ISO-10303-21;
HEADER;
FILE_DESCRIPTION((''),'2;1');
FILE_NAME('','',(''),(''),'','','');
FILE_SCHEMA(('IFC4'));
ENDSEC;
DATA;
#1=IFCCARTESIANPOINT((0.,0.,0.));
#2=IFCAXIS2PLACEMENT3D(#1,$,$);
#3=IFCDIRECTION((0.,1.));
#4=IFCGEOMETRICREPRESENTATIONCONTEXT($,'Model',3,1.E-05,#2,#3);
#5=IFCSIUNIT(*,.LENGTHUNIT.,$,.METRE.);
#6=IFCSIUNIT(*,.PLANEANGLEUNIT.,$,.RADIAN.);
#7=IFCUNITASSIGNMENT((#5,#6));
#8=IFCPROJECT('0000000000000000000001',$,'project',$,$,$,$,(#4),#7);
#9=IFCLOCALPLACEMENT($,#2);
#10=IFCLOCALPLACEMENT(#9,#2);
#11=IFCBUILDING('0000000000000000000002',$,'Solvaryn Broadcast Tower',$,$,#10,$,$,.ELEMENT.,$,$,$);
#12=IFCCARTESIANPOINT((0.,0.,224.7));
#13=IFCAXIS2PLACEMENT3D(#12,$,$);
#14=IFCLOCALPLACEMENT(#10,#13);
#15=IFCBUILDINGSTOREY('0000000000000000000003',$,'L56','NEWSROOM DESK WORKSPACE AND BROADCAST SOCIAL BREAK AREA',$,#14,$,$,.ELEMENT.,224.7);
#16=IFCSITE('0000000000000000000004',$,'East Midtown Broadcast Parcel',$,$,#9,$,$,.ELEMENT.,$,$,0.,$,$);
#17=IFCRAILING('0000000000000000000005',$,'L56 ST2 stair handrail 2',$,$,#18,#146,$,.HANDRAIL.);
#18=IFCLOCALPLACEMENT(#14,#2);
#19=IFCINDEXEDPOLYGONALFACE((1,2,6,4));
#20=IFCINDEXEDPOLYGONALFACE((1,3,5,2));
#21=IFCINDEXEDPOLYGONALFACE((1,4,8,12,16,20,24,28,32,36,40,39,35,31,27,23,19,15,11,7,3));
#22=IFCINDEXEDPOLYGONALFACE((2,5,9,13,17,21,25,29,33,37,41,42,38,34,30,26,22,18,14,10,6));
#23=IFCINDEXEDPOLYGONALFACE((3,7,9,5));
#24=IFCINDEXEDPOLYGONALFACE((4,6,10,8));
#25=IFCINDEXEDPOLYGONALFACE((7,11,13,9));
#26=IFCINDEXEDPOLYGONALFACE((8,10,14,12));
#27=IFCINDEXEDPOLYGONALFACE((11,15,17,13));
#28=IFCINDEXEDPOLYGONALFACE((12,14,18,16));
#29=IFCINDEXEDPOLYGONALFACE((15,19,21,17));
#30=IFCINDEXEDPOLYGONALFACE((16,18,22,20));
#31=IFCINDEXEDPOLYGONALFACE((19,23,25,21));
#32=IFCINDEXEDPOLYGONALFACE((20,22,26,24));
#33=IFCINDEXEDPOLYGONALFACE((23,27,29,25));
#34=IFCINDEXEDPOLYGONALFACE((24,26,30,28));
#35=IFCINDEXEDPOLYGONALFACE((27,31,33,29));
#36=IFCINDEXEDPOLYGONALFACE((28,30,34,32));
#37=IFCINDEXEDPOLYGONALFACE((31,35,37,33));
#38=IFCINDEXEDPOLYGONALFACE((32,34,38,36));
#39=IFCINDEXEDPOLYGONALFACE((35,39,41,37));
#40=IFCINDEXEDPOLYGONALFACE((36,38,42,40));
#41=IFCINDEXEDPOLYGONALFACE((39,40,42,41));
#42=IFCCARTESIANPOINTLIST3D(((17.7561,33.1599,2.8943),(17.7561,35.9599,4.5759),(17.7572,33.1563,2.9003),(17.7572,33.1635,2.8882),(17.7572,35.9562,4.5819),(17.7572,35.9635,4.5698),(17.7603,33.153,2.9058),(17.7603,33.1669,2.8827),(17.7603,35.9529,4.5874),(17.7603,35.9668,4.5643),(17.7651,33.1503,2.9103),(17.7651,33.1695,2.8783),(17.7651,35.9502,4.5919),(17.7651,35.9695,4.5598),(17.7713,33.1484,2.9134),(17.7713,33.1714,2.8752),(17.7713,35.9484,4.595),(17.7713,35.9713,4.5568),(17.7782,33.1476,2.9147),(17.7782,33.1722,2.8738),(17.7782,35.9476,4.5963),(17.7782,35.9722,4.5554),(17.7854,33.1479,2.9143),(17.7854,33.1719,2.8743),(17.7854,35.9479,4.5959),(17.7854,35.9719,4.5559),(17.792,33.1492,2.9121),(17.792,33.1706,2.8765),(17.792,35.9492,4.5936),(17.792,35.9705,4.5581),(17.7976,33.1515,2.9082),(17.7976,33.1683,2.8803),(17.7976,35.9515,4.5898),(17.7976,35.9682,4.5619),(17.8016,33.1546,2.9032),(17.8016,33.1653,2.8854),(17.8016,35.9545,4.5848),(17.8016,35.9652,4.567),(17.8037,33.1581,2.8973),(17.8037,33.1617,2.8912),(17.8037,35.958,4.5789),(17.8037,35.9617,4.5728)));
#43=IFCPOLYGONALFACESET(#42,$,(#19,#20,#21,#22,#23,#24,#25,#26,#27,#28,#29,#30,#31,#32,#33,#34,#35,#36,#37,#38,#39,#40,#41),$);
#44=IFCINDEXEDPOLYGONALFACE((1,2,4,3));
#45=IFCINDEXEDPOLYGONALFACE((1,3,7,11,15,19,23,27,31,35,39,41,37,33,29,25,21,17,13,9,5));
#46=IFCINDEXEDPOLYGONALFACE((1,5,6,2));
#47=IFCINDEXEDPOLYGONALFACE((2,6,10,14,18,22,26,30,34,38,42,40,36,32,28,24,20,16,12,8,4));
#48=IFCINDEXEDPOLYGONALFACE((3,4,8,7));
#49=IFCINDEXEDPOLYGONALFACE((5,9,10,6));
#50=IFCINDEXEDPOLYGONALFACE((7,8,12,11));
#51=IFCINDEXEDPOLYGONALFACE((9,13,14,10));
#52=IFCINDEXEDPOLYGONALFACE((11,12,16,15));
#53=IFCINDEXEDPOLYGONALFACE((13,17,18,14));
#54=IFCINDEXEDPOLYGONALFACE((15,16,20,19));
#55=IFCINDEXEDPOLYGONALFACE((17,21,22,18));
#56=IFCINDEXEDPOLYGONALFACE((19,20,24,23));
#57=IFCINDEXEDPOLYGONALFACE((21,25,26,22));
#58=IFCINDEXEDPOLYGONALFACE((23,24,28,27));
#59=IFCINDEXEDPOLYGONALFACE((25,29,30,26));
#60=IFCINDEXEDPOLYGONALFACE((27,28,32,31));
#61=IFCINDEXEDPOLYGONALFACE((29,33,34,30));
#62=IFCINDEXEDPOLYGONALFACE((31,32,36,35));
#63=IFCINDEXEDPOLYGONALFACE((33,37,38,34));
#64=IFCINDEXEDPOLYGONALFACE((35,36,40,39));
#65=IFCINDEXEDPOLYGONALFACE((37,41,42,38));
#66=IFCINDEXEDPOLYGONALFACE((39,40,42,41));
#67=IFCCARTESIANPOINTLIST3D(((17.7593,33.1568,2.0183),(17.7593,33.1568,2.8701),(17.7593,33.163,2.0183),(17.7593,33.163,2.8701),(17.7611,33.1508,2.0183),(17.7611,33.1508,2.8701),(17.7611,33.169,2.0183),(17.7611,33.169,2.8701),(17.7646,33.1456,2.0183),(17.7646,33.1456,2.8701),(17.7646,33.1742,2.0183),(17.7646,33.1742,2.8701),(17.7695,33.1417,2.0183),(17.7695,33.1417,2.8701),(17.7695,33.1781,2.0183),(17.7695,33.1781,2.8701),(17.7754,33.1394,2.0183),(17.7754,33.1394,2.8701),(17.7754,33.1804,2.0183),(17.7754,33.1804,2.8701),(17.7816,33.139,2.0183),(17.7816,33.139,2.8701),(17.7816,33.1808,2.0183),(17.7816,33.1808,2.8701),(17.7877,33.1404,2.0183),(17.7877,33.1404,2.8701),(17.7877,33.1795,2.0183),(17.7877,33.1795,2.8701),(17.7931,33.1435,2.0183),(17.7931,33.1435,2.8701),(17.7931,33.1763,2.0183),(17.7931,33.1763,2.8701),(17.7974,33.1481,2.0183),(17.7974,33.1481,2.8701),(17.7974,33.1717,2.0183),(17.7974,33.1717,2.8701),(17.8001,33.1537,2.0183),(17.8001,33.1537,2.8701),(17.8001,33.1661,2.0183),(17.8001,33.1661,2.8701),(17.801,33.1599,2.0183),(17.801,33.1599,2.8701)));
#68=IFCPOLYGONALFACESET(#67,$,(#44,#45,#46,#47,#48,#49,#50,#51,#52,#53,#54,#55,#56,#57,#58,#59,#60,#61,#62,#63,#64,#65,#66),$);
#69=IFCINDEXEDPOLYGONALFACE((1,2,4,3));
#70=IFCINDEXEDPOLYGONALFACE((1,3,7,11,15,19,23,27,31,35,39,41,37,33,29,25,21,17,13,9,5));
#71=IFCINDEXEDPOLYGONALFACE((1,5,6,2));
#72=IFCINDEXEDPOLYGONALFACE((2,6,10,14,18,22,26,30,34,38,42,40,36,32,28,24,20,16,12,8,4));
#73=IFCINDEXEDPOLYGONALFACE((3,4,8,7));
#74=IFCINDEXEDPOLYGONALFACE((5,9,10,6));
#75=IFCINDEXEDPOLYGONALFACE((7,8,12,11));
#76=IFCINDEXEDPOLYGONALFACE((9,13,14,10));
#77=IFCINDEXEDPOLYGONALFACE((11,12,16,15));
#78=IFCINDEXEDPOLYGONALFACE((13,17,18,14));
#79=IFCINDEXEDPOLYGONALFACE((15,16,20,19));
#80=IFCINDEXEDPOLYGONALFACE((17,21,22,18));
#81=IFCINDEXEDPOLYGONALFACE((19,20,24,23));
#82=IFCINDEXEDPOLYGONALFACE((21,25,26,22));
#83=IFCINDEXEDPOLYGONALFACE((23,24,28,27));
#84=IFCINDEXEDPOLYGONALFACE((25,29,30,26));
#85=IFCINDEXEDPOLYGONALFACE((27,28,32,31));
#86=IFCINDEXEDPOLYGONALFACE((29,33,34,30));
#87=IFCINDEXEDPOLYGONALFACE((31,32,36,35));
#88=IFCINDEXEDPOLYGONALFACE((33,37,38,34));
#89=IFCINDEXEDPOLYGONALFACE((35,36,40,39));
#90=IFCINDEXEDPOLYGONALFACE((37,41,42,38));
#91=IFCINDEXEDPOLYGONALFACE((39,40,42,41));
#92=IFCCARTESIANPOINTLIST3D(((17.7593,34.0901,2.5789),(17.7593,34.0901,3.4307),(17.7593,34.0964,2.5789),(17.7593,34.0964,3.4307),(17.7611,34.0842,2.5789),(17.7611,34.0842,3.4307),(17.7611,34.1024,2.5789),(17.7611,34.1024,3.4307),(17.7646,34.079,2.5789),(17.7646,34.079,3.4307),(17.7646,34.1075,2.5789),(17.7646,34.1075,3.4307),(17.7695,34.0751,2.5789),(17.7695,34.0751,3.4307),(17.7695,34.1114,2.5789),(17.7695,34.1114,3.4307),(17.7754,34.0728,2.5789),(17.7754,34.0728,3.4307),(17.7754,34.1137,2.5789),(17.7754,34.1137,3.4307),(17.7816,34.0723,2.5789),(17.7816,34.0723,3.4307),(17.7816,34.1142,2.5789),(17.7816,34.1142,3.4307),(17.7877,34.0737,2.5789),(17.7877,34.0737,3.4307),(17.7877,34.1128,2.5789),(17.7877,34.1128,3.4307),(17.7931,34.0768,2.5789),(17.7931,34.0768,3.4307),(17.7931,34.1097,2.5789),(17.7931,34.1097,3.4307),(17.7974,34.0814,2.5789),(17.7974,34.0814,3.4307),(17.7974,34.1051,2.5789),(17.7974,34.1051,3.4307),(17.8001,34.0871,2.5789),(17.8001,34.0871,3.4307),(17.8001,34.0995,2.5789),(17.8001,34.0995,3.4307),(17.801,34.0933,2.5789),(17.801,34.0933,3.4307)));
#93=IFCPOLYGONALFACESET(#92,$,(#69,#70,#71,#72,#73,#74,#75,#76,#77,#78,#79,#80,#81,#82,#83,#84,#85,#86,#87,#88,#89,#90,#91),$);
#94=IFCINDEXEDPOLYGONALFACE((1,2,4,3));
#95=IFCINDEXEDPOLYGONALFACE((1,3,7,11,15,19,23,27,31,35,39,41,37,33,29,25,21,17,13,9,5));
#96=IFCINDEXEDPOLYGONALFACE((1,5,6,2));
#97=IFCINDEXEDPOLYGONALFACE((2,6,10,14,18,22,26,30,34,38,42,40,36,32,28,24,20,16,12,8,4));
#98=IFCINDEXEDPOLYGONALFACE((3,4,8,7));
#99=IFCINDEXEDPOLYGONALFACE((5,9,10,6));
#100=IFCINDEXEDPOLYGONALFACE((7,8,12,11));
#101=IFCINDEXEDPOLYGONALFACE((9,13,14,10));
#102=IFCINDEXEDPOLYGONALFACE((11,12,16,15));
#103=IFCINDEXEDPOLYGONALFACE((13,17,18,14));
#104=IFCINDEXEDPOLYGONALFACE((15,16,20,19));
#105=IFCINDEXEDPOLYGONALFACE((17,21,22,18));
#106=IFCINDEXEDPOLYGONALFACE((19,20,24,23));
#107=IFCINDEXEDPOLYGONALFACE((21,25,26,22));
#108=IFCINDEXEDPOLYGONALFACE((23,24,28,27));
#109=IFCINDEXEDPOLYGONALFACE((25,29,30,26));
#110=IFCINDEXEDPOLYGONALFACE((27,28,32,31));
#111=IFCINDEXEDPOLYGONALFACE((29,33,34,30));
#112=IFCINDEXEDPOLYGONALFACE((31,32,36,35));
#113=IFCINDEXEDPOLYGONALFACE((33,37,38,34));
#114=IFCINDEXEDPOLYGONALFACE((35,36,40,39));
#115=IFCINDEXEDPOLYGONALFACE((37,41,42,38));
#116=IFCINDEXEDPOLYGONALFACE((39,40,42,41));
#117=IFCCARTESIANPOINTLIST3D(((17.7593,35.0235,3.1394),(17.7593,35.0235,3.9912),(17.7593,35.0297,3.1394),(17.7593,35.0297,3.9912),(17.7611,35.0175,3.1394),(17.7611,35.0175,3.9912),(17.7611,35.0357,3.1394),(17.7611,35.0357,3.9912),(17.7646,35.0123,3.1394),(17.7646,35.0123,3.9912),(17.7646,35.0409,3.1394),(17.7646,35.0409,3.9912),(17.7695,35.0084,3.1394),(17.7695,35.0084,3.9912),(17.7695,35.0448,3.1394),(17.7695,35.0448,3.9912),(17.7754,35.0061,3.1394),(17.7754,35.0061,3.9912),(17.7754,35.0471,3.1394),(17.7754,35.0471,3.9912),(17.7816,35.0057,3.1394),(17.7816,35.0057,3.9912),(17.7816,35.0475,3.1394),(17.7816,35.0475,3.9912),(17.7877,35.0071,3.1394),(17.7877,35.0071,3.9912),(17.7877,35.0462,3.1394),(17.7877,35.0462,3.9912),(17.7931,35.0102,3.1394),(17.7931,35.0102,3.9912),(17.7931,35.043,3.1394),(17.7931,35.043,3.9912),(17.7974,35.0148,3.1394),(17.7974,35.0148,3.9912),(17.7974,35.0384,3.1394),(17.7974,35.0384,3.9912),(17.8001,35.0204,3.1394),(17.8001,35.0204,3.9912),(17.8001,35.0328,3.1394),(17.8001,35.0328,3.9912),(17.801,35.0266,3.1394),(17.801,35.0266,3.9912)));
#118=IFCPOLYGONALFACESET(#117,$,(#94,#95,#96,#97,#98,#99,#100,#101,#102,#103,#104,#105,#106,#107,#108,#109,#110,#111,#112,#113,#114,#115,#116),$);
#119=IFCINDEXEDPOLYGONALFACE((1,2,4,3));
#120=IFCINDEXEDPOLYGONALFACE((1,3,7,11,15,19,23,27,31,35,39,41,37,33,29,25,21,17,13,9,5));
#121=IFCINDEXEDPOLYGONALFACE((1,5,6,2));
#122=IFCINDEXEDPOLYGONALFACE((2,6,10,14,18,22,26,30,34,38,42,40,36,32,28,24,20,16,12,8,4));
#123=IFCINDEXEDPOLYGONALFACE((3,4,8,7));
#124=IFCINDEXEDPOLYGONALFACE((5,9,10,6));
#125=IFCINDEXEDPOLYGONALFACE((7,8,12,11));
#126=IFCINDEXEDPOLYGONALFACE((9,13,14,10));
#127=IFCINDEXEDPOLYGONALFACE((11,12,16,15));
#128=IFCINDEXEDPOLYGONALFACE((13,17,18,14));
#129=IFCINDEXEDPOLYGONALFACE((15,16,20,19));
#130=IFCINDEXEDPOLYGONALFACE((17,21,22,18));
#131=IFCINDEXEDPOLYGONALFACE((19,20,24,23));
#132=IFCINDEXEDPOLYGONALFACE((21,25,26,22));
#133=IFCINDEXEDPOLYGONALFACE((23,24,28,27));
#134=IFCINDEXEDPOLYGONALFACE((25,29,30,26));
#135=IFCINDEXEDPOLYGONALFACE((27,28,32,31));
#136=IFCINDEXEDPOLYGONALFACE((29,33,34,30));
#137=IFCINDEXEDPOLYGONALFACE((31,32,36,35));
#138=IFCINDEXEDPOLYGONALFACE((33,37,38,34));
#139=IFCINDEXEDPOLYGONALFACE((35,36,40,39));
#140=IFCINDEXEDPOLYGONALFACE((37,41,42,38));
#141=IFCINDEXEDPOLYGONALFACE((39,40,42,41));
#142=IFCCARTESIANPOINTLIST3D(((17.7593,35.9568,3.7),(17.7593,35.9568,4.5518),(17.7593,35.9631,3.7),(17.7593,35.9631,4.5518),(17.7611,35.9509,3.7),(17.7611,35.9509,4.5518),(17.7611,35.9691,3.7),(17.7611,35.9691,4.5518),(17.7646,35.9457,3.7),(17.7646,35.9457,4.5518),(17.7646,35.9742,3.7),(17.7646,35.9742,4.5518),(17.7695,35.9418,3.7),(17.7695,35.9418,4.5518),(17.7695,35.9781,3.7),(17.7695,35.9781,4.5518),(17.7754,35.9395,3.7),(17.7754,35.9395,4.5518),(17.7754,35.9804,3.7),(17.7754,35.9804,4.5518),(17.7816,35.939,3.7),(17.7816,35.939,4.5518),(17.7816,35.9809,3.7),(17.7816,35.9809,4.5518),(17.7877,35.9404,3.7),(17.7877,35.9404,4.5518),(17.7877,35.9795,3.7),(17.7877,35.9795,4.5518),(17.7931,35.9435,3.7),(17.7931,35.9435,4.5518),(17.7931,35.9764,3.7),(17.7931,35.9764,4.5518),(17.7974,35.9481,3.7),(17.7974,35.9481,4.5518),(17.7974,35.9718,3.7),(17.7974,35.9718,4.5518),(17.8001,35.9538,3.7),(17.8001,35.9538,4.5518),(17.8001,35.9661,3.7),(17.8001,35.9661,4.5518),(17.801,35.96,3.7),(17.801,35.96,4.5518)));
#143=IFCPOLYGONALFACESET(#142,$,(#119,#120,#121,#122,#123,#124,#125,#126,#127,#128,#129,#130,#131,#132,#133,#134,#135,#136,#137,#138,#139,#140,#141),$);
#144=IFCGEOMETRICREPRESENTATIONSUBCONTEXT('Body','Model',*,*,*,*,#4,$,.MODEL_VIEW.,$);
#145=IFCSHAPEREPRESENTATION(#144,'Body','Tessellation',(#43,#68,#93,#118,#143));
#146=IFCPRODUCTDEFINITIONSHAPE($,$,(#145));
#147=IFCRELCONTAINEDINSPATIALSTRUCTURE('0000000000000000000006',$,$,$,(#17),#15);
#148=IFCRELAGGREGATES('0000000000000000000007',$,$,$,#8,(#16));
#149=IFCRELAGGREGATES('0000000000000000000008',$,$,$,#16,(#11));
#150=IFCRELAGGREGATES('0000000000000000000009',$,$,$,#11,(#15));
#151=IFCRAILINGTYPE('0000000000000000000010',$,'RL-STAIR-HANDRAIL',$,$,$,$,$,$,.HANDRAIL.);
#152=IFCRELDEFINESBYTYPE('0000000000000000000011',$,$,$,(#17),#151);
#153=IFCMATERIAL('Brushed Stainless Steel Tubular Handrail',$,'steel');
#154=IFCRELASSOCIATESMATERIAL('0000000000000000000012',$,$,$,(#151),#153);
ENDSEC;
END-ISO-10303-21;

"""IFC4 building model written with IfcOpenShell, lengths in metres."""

from ifc_helpers import new_model, si_unit, direction, frame, origin, origin_2d, place, context, subcontext, project, spatial, circle, extrude, material, type_object, element, save


model = new_model("IFC4")

# Units and contexts
model_context = context("Model", 3, precision=1e-05, world=origin(), true_north=direction((0.0, 1.0)))
body_context = subcontext(model_context, "Body", "Model", "MODEL_VIEW")
ifc_project = project(units=[si_unit("LENGTHUNIT", "METRE"), si_unit("PLANEANGLEUNIT", "RADIAN")], contexts=[model_context])

# Site, building, storey
site_placement = place(None, origin())
site = spatial("IfcSite", under=ifc_project, at=site_placement, Name="East Midtown Broadcast Parcel", CompositionType="ELEMENT", RefElevation=0.0)
building_placement = place(site_placement, origin())
building = spatial("IfcBuilding", under=site, at=building_placement, Name="Solvaryn Broadcast Tower", CompositionType="ELEMENT")
storey_placement = place(building_placement, frame((0.0, 0.0, 224.7)))
storey = spatial("IfcBuildingStorey", under=building, at=storey_placement, Name="L56", Description="NEWSROOM DESK WORKSPACE AND BROADCAST SOCIAL BREAK AREA", CompositionType="ELEMENT", Elevation=224.7)

# Railing
ifc_material_1 = material(Name="Brushed Stainless Steel Tubular Handrail", Category="steel")
railing_type_1 = type_object("IfcRailingType", Name="RL-STAIR-HANDRAIL", PredefinedType="HANDRAIL", material=ifc_material_1)
railing_1_placement = place(storey_placement, frame((17.78, 33.1599, 2.0183)))
element("IfcRailing", 1, at=railing_1_placement, inside=storey, type_object=railing_type_1, Name="L56 ST2 stair handrail 2", PredefinedType="HANDRAIL", context=body_context, shape_type="SweptSolid", body=[
    extrude(circle(Radius=0.0239, at=origin_2d()), frame((0.0, 0.0, 0.876), z_axis=(0.0, 0.857275, 0.514858), x_axis=(-1.0, 0.0, 0.0)), (0.0, 0.0, 1.0), 3.2661),
    extrude(circle(Radius=0.021, at=origin_2d()), origin(), (0.0, 0.0, 1.0), 0.8518),
    extrude(circle(Radius=0.021, at=origin_2d()), frame((0.0, 0.9333, 0.5605)), (0.0, 0.0, 1.0), 0.8518),
    extrude(circle(Radius=0.021, at=origin_2d()), frame((0.0, 1.8667, 1.1211)), (0.0, 0.0, 1.0), 0.8518),
    extrude(circle(Radius=0.021, at=origin_2d()), frame((0.0, 2.8, 1.6816)), (0.0, 0.0, 1.0), 0.8518),
])

save(model, "model.ifc")
